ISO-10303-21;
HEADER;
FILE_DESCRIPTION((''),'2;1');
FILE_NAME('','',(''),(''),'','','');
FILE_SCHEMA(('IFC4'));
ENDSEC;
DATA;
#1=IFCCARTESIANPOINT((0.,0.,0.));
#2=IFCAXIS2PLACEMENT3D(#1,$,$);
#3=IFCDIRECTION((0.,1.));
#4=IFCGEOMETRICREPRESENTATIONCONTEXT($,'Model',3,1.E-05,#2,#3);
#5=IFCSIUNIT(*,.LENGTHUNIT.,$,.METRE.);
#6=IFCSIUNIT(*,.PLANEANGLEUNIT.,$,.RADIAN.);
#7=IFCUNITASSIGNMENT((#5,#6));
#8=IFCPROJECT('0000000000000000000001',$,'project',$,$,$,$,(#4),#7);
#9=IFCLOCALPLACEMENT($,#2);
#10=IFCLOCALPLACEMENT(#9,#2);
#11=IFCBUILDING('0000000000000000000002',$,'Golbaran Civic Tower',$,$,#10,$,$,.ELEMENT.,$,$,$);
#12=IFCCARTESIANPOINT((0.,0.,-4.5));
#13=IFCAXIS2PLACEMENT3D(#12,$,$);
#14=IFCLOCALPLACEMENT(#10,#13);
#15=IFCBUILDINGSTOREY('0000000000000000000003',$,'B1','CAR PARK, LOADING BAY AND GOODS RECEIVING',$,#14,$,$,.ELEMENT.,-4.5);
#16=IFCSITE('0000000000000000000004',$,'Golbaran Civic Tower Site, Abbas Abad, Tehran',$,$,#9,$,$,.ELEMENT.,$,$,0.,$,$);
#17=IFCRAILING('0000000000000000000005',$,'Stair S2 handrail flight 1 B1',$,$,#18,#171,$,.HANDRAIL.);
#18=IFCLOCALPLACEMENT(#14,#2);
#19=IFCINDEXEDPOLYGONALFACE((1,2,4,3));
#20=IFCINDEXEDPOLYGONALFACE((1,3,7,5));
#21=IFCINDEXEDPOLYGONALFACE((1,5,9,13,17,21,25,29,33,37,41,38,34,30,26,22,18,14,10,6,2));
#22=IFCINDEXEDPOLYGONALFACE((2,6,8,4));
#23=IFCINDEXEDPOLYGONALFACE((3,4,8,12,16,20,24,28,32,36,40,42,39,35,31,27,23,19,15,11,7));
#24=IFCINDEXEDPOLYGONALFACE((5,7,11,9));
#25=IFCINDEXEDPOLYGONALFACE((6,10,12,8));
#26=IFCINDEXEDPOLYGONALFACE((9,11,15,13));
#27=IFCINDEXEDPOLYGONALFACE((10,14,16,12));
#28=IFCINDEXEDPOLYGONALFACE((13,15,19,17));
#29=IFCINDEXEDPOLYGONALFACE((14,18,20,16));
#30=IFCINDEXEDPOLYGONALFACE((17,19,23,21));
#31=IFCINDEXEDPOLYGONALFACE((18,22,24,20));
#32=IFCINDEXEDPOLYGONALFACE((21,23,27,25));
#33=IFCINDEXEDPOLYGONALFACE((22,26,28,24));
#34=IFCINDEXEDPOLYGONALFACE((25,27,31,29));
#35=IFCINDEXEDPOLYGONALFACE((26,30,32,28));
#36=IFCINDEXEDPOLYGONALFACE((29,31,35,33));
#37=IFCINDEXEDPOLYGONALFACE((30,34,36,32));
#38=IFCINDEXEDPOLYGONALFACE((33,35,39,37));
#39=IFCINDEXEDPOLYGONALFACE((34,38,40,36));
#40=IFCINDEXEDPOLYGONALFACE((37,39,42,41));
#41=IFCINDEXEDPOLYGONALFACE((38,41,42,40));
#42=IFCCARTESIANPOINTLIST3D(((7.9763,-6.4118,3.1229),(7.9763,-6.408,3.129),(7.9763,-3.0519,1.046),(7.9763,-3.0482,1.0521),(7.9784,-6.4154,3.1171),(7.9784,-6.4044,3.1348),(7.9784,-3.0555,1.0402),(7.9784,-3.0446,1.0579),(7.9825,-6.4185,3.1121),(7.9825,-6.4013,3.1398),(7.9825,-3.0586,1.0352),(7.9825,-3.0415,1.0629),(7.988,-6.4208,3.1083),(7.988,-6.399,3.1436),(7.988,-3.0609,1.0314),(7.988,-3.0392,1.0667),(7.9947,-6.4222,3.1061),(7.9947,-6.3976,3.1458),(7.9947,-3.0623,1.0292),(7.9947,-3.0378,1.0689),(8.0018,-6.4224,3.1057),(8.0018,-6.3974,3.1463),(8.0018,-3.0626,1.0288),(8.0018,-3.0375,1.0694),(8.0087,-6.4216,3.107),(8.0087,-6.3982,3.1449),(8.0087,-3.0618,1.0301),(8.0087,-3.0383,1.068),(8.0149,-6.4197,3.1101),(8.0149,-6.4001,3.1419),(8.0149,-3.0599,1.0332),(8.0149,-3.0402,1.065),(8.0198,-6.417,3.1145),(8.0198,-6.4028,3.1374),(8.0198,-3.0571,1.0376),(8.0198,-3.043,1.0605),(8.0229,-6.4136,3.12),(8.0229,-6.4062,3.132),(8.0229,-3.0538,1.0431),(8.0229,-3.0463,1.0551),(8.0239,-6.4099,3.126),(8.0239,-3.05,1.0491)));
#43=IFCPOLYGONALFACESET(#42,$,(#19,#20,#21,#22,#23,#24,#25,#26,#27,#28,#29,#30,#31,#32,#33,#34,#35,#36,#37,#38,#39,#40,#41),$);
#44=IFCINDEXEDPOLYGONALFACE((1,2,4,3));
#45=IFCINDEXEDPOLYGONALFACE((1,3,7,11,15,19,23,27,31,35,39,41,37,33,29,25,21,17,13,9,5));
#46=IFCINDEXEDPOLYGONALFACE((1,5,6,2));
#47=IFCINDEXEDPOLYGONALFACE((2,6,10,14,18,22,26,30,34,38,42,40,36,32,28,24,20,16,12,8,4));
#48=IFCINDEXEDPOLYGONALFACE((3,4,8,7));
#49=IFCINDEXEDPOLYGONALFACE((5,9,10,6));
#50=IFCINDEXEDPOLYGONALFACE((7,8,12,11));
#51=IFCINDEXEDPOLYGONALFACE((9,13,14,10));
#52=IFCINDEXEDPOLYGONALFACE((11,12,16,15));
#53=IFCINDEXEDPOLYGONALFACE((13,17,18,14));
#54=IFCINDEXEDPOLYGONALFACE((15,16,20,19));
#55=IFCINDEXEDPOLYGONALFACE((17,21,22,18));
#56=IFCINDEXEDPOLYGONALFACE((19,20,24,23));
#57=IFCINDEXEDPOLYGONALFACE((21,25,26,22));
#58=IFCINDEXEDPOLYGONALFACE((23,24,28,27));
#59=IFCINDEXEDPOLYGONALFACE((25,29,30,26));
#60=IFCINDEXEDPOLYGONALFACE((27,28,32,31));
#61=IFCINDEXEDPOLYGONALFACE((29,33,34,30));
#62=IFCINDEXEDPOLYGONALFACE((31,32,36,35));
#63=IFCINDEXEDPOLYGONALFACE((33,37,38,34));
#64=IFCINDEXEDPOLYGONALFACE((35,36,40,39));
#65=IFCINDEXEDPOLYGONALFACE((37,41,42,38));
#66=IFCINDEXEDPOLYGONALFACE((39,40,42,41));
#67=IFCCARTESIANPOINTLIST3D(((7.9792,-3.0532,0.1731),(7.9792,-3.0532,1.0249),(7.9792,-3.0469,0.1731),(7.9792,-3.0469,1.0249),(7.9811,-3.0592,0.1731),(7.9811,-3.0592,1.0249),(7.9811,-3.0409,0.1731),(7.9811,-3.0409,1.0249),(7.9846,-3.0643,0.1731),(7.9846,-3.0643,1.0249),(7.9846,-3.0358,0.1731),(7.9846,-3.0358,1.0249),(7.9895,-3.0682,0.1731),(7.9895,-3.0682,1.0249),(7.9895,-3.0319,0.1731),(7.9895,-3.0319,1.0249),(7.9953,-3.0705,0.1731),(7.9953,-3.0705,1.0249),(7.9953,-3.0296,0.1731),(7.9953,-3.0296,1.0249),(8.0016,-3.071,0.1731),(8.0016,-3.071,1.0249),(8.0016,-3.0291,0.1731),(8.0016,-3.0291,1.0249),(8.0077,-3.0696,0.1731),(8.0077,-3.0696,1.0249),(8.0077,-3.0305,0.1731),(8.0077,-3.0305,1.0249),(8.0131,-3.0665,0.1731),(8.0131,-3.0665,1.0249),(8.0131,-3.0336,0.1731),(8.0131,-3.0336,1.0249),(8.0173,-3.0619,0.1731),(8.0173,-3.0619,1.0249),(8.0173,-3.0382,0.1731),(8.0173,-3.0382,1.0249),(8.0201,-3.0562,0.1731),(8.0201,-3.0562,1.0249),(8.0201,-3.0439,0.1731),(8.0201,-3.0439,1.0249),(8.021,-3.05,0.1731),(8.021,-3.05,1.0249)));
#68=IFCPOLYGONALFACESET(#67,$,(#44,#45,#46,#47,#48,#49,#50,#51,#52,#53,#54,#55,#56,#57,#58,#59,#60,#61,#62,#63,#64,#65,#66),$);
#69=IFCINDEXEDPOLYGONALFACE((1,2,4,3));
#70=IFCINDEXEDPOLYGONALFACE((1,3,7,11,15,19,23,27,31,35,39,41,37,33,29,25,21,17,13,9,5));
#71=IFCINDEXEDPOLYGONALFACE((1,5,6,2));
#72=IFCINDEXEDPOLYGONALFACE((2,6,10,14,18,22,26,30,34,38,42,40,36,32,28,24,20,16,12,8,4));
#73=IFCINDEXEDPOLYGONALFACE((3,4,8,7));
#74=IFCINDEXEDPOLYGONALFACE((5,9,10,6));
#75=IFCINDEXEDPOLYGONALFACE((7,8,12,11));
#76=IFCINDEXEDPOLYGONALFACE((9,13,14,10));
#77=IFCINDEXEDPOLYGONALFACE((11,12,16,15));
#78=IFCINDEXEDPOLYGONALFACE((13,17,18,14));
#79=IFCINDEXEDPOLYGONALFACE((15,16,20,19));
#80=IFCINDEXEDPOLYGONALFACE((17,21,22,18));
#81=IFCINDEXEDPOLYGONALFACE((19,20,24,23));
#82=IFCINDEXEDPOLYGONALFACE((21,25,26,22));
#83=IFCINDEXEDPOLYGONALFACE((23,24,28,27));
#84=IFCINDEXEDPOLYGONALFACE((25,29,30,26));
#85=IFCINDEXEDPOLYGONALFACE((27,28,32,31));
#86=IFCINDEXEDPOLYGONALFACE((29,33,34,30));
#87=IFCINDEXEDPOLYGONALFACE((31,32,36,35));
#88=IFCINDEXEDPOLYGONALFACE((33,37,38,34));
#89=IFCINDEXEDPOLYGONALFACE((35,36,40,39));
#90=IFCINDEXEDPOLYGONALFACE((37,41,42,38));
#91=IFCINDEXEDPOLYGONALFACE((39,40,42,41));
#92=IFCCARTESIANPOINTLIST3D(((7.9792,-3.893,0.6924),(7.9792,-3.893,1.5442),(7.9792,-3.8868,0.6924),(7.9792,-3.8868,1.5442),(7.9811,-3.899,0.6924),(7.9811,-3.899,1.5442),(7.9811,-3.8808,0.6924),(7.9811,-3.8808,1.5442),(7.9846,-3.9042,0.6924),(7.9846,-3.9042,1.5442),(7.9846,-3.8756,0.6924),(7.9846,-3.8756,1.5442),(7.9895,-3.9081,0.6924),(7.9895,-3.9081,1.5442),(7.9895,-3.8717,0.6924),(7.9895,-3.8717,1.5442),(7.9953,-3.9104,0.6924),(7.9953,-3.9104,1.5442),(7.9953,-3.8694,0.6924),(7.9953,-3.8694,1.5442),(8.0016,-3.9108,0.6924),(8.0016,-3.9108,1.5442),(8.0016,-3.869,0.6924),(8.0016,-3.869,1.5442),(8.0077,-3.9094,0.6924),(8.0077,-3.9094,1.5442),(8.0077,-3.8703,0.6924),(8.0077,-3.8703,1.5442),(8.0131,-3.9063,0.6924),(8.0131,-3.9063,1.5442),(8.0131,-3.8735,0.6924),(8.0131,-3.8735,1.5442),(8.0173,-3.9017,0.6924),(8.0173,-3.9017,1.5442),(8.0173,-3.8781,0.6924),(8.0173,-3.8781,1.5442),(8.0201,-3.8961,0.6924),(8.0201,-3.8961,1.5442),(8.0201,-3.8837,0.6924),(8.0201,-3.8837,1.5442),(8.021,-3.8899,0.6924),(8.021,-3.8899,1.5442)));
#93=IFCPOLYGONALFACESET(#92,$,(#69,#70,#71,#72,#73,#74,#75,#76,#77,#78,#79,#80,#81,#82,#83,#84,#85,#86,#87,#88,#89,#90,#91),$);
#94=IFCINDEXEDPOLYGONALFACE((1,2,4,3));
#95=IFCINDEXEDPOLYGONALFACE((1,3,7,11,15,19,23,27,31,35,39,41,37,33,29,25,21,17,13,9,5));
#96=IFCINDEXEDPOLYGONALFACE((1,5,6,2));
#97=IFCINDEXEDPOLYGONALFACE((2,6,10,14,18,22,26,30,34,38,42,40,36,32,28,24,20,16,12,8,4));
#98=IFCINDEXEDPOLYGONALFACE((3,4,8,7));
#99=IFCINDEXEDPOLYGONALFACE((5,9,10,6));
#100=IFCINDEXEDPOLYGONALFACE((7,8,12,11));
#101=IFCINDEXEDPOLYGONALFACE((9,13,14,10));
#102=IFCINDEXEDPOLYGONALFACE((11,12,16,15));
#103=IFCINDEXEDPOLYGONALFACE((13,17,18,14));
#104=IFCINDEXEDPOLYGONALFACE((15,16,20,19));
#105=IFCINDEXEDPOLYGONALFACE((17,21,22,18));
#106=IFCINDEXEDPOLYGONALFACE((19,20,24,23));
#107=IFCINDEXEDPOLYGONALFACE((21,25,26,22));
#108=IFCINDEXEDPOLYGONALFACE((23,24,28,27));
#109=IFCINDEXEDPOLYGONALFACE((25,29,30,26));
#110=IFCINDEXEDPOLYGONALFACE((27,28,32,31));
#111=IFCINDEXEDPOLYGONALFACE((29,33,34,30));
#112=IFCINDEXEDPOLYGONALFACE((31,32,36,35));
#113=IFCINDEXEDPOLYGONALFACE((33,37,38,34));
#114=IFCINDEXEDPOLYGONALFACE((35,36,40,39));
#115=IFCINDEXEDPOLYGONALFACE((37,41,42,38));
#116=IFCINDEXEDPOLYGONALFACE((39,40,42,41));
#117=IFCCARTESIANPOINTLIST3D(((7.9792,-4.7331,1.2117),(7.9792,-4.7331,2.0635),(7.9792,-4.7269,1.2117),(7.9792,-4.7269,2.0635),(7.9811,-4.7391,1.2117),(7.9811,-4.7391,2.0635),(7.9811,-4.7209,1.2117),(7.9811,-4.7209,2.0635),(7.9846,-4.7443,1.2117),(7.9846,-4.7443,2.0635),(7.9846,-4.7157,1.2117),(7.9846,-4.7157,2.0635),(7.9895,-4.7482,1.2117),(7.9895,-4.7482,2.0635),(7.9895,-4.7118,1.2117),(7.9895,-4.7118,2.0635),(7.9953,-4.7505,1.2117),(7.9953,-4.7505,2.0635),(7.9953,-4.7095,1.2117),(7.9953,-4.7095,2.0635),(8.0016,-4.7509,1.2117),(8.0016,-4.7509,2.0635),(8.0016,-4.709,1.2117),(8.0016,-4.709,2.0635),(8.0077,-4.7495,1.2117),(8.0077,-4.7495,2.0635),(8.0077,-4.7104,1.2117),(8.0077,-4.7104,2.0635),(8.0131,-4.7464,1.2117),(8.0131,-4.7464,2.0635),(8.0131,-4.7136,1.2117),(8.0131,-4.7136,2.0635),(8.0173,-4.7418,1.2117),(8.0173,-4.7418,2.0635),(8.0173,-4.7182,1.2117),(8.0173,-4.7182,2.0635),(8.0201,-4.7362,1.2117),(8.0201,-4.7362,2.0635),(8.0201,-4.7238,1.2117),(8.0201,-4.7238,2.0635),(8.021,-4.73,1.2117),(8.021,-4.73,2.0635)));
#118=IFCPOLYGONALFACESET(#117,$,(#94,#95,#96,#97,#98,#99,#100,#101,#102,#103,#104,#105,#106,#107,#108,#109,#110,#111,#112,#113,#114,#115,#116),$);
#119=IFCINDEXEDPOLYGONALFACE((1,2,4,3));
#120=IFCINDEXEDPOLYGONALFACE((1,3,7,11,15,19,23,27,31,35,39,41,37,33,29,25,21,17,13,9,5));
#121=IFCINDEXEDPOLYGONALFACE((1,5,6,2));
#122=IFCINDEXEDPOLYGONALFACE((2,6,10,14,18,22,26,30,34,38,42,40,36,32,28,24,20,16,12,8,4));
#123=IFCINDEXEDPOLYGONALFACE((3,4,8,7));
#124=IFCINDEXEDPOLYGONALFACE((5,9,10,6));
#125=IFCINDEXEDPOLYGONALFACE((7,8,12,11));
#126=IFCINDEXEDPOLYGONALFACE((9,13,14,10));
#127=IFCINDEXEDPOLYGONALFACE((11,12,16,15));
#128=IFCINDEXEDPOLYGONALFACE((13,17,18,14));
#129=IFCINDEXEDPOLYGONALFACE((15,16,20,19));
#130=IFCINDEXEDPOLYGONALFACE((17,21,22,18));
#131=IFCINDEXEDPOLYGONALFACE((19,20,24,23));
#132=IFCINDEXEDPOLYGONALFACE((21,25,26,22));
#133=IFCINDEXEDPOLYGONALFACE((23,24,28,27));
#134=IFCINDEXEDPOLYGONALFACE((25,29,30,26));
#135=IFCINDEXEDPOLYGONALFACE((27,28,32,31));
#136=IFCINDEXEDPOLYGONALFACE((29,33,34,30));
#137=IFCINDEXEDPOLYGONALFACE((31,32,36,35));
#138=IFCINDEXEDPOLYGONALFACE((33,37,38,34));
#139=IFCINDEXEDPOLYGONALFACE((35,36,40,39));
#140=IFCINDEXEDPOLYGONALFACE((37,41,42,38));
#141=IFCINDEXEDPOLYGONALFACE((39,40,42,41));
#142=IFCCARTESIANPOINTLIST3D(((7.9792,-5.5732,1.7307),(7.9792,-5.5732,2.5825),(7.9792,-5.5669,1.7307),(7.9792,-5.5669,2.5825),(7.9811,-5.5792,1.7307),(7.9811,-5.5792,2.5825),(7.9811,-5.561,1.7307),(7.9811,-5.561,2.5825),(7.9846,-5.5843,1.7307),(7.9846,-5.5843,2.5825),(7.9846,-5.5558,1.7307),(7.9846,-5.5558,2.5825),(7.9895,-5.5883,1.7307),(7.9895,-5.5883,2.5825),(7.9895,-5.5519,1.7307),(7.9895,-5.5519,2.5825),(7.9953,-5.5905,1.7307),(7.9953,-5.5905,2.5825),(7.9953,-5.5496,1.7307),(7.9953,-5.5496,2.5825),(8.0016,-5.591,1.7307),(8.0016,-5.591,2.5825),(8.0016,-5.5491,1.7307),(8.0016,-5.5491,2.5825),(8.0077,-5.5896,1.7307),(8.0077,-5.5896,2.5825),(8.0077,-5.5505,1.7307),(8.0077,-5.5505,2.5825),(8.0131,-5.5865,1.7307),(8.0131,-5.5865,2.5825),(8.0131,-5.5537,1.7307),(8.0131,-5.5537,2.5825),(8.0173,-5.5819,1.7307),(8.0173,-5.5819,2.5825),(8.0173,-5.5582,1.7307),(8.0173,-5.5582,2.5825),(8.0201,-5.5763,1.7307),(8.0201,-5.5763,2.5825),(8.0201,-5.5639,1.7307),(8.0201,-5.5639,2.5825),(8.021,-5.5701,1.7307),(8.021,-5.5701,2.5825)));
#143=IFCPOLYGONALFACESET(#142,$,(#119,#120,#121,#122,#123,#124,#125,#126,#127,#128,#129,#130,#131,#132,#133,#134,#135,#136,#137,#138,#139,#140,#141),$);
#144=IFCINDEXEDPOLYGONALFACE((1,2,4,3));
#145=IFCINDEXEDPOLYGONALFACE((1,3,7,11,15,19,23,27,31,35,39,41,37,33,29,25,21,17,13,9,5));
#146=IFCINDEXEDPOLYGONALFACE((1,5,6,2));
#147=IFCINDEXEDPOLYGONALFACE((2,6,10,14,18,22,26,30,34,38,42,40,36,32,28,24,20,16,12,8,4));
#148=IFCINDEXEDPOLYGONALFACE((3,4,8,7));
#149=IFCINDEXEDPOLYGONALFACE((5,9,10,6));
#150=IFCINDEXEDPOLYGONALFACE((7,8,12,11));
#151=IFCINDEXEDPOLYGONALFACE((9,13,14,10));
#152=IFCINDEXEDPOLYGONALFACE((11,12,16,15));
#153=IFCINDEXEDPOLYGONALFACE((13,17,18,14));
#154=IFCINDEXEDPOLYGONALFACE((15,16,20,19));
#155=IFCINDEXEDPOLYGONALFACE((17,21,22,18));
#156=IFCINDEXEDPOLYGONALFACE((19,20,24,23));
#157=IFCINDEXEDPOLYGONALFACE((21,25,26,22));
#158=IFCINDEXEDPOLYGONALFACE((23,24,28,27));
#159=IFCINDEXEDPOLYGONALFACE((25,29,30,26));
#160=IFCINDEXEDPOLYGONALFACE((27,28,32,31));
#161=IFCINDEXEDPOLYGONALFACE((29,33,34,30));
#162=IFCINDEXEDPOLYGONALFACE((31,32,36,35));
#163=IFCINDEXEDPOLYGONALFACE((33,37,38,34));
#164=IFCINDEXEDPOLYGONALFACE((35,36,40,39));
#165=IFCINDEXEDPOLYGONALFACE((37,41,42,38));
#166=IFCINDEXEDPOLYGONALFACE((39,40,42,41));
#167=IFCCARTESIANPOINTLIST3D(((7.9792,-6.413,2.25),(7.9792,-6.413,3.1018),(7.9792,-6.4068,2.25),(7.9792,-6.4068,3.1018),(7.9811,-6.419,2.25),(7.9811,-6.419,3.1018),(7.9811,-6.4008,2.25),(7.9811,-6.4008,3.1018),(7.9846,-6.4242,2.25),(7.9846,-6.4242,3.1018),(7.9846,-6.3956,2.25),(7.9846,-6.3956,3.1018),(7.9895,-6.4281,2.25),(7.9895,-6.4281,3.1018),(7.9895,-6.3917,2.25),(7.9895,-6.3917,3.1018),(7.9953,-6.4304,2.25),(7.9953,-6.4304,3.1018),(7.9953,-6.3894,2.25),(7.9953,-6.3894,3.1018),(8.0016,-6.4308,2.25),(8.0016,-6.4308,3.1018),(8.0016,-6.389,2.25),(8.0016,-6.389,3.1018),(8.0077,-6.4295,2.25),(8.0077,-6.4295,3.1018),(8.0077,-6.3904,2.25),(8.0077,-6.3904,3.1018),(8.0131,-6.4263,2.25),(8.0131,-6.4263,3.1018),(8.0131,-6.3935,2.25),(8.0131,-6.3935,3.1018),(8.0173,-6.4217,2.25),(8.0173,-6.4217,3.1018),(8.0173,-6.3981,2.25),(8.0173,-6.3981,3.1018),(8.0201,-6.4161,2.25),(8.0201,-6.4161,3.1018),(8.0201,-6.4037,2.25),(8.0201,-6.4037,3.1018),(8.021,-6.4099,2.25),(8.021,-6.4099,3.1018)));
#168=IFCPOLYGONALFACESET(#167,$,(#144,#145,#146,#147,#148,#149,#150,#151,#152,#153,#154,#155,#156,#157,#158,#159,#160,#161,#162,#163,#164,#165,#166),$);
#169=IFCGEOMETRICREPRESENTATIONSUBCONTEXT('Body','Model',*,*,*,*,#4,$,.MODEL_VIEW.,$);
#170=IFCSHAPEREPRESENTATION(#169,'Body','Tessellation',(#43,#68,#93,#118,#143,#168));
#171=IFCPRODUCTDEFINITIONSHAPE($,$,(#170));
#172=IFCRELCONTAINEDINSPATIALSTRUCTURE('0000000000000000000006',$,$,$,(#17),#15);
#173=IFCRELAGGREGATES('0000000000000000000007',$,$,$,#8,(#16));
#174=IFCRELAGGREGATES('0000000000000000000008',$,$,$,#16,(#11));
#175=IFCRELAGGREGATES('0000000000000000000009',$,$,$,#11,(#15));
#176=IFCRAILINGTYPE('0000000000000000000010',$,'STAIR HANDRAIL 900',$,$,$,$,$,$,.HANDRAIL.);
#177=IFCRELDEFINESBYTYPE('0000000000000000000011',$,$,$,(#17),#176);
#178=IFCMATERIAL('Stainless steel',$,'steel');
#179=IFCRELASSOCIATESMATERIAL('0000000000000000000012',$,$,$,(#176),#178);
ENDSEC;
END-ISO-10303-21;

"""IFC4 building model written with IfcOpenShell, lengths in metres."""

from ifc_helpers import new_model, si_unit, direction, frame, origin, origin_2d, place, context, subcontext, project, spatial, circle, extrude, material, type_object, element, save


model = new_model("IFC4")

# Units and contexts
model_context = context("Model", 3, precision=1e-05, world=origin(), true_north=direction((0.0, 1.0)))
body_context = subcontext(model_context, "Body", "Model", "MODEL_VIEW")
ifc_project = project(units=[si_unit("LENGTHUNIT", "METRE"), si_unit("PLANEANGLEUNIT", "RADIAN")], contexts=[model_context])

# Site, building, storey
site_placement = place(None, origin())
site = spatial("IfcSite", under=ifc_project, at=site_placement, Name="Golbaran Civic Tower Site, Abbas Abad, Tehran", CompositionType="ELEMENT", RefElevation=0.0)
building_placement = place(site_placement, origin())
building = spatial("IfcBuilding", under=site, at=building_placement, Name="Golbaran Civic Tower", CompositionType="ELEMENT")
storey_placement = place(building_placement, frame((0.0, 0.0, -4.5)))
storey = spatial("IfcBuildingStorey", under=building, at=storey_placement, Name="B1", Description="CAR PARK, LOADING BAY AND GOODS RECEIVING", CompositionType="ELEMENT", Elevation=-4.5)

# Shared definitions
ifc_material_1 = material(Name="Stainless steel", Category="steel")

# Railing
railing_type = type_object("IfcRailingType", Name="STAIR HANDRAIL 900", PredefinedType="HANDRAIL", material=ifc_material_1)
railing_1_placement = place(storey_placement, frame((8.0, -3.05, 0.1731)))
element("IfcRailing", 1, at=railing_1_placement, inside=storey, type_object=railing_type, Name="Stair S2 handrail flight 1 B1", PredefinedType="HANDRAIL", context=body_context, shape_type="SweptSolid", body=[
    extrude(circle(Radius=0.0239, at=origin_2d()), frame((0.0, 0.0, 0.876), z_axis=(0.0, -0.850606, 0.525803), x_axis=(1.0, 0.0, 0.0)), (0.0, 0.0, 1.0), 3.95),
    extrude(circle(Radius=0.021, at=origin_2d()), origin(), (0.0, 0.0, 1.0), 0.8518),
    extrude(circle(Radius=0.021, at=origin_2d()), frame((0.0, -0.8398, 0.5193)), (0.0, 0.0, 1.0), 0.8518),
    extrude(circle(Radius=0.021, at=origin_2d()), frame((0.0, -1.6799, 1.0386)), (0.0, 0.0, 1.0), 0.8518),
    extrude(circle(Radius=0.021, at=origin_2d()), frame((0.0, -2.52, 1.5576)), (0.0, 0.0, 1.0), 0.8518),
    extrude(circle(Radius=0.021, at=origin_2d()), frame((0.0, -3.3599, 2.0769)), (0.0, 0.0, 1.0), 0.8518),
])

save(model, "model.ifc")
